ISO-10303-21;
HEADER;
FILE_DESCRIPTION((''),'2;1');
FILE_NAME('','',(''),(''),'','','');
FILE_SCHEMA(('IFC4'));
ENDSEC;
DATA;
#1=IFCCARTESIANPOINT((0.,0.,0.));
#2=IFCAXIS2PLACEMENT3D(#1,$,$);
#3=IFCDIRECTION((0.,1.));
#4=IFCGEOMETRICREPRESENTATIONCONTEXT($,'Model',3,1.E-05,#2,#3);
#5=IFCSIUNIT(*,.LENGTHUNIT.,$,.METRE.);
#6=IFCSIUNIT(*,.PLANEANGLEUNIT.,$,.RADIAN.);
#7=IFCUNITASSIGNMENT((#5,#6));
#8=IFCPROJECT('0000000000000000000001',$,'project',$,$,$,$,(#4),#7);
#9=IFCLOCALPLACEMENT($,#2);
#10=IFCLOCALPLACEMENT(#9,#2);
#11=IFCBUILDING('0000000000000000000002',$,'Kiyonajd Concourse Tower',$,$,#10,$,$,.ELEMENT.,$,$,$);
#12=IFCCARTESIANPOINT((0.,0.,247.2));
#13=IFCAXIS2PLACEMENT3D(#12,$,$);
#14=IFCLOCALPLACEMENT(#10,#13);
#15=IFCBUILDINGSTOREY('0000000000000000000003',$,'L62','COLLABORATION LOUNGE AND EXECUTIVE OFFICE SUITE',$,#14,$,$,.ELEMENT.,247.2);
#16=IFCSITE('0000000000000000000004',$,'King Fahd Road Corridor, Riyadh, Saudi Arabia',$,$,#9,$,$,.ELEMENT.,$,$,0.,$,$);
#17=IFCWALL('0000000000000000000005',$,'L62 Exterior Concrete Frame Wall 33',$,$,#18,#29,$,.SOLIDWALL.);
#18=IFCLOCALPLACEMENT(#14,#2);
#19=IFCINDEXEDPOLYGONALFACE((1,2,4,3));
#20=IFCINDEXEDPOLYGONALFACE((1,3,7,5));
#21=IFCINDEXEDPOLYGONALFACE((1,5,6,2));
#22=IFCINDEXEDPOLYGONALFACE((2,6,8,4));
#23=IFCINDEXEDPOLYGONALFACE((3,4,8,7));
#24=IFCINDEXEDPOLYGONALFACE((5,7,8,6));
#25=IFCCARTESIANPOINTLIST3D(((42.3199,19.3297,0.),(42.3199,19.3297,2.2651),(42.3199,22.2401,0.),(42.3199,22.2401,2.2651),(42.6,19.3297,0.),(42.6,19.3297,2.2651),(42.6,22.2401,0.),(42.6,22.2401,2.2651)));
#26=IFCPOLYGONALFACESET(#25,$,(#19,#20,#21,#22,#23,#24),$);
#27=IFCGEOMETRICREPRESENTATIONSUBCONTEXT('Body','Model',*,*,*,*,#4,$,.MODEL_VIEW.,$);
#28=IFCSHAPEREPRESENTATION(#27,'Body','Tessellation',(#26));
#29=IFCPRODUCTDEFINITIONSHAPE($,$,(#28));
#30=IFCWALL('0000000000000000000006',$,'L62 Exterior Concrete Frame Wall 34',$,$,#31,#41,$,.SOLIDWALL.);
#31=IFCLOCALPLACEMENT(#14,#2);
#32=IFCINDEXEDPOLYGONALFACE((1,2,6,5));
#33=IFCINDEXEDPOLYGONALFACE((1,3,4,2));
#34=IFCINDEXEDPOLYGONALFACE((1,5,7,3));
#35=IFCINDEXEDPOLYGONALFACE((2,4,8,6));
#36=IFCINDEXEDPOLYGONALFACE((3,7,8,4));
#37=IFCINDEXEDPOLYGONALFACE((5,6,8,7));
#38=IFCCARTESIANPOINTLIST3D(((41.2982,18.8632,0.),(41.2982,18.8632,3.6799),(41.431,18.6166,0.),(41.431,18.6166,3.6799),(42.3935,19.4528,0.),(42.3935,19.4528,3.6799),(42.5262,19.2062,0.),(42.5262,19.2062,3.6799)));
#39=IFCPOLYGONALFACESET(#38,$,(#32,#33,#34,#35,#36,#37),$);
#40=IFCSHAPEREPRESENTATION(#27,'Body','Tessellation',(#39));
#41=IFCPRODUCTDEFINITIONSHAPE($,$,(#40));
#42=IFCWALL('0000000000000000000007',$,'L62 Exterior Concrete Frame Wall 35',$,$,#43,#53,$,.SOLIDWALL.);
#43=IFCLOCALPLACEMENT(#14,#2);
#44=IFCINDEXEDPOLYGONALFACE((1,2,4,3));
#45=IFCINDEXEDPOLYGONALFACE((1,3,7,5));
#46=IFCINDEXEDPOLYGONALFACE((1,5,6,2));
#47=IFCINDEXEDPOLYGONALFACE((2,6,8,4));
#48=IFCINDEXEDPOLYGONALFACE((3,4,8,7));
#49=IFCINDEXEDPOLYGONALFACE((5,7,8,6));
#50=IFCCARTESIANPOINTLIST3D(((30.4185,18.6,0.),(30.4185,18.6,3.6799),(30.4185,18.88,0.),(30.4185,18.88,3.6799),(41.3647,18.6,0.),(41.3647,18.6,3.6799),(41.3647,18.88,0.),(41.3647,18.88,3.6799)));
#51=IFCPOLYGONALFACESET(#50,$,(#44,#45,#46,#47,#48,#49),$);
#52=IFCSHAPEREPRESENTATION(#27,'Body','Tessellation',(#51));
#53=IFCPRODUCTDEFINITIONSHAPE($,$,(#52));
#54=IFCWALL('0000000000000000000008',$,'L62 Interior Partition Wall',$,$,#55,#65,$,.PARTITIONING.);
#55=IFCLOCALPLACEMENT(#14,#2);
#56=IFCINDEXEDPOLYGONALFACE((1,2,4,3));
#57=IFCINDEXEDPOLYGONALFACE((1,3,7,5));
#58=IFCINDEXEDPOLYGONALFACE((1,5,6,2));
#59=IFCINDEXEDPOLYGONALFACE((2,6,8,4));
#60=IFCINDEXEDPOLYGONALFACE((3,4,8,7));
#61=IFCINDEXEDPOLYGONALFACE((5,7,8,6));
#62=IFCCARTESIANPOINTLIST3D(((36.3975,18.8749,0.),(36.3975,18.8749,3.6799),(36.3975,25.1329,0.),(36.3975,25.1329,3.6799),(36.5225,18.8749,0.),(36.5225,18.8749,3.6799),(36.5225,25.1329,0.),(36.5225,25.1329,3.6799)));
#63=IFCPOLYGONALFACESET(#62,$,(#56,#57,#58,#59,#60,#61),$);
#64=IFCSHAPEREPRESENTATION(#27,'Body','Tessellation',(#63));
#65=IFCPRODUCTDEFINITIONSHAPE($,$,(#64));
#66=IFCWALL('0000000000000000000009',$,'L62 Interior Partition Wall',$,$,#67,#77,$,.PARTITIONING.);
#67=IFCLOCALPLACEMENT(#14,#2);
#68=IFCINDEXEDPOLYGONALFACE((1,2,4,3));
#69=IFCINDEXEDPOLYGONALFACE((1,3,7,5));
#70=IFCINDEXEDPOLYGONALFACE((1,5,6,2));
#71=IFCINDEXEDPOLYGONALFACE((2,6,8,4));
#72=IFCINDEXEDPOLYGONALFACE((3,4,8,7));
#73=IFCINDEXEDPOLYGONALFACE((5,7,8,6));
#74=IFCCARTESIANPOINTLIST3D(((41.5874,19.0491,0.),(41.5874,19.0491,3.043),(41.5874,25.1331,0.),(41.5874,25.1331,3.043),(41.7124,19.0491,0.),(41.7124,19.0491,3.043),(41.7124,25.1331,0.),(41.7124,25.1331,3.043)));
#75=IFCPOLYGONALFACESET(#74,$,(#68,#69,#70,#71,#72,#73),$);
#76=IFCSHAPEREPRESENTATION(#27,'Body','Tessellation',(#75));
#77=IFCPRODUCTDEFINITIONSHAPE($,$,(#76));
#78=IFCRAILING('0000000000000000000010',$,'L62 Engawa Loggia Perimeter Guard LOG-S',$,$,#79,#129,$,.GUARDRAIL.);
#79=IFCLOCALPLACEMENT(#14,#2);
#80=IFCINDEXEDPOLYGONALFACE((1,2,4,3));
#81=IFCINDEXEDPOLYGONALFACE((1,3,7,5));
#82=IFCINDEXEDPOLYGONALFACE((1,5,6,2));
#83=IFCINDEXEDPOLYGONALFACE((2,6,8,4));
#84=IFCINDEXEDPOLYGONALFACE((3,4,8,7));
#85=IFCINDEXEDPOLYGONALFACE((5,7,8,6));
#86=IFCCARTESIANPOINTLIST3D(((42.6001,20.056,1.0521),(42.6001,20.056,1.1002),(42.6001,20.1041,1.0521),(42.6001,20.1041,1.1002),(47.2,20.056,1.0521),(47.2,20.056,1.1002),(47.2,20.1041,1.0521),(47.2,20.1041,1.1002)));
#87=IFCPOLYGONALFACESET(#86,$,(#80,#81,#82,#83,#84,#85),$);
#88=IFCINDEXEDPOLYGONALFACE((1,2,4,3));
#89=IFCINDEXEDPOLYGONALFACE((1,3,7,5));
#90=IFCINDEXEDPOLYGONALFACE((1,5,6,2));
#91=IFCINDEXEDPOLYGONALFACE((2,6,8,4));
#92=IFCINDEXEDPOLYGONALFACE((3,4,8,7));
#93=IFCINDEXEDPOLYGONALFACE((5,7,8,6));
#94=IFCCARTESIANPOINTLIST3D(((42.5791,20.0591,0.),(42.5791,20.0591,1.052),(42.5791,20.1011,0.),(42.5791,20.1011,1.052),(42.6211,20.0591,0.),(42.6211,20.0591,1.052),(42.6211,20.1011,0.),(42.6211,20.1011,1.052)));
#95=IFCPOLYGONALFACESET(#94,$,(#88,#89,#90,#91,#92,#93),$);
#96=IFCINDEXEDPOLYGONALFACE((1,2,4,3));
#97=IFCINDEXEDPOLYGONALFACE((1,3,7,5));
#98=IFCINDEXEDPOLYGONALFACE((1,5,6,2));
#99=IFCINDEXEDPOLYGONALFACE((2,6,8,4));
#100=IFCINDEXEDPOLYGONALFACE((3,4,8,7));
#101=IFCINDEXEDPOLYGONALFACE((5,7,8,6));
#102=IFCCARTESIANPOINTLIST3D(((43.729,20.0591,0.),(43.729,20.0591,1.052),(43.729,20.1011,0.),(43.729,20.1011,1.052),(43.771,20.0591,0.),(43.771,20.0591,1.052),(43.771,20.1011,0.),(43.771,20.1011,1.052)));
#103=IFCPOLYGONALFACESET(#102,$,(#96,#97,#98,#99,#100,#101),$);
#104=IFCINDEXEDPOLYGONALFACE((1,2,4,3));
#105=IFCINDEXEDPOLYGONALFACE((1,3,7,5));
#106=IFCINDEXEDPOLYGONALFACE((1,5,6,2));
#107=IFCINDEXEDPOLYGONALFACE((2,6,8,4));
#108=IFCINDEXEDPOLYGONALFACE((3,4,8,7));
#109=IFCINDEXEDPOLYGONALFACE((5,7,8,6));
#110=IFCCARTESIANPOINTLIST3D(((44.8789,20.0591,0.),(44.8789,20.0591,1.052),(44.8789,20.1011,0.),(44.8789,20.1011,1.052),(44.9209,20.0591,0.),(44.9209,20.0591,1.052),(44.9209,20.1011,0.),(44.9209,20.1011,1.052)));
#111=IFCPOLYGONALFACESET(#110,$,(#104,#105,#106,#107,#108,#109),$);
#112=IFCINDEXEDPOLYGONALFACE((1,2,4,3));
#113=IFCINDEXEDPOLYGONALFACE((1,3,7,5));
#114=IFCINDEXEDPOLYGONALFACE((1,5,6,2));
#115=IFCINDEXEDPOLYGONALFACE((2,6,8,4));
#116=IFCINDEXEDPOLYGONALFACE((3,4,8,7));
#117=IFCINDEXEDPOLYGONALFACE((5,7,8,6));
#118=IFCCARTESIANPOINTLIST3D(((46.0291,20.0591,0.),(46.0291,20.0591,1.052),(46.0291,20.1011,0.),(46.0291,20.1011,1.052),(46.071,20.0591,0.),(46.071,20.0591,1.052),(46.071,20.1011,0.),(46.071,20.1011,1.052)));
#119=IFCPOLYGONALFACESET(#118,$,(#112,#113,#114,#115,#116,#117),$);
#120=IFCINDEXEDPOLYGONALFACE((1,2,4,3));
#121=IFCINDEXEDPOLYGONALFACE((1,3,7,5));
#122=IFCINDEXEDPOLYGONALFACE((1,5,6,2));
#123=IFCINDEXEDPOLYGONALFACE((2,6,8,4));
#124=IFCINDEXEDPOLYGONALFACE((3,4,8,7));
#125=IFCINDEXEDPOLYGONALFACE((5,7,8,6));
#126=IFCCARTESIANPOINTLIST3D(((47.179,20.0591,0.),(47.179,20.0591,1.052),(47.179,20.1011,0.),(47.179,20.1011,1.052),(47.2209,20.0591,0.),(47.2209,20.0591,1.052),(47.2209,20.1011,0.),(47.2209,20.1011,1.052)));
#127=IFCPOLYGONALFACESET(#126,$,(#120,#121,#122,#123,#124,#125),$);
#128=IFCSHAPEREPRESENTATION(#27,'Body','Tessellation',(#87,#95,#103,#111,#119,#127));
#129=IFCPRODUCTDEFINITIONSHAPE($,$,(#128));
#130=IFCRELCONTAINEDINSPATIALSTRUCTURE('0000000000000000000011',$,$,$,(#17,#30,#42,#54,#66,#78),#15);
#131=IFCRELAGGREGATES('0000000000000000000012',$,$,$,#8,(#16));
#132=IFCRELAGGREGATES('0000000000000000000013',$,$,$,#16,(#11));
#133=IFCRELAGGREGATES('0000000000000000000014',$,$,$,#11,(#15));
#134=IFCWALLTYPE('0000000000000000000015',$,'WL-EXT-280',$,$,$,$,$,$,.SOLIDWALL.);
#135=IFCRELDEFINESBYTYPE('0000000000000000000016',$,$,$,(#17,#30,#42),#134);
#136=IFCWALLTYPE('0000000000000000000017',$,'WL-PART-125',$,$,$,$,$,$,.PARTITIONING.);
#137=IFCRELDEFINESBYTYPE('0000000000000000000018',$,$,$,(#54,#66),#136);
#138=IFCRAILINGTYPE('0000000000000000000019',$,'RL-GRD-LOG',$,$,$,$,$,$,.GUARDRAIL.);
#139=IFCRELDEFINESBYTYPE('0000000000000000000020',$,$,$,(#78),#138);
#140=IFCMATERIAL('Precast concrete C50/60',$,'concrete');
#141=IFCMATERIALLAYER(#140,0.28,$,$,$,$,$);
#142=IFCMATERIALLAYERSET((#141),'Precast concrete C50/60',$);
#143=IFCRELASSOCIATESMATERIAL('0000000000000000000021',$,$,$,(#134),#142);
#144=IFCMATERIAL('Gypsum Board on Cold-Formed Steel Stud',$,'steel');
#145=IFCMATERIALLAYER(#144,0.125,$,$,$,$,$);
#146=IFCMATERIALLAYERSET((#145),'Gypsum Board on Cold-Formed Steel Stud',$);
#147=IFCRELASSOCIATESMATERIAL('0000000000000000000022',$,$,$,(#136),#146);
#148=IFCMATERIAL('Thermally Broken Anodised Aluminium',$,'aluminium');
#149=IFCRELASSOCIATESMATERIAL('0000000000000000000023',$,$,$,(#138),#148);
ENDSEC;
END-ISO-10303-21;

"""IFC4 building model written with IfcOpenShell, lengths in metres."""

from ifc_helpers import new_model, si_unit, direction, frame, frame_2d, origin, origin_2d, place, context, subcontext, project, spatial, rectangle, extrude, material, layer, layer_set, type_object, element, save


model = new_model("IFC4")

# Units and contexts
model_context = context("Model", 3, precision=1e-05, world=origin(), true_north=direction((0.0, 1.0)))
body_context = subcontext(model_context, "Body", "Model", "MODEL_VIEW")
ifc_project = project(units=[si_unit("LENGTHUNIT", "METRE"), si_unit("PLANEANGLEUNIT", "RADIAN")], contexts=[model_context])

# Site, building, storey
site_placement = place(None, origin())
site = spatial("IfcSite", under=ifc_project, at=site_placement, Name="King Fahd Road Corridor, Riyadh, Saudi Arabia", CompositionType="ELEMENT", RefElevation=0.0)
building_placement = place(site_placement, origin())
building = spatial("IfcBuilding", under=site, at=building_placement, Name="Kiyonajd Concourse Tower", CompositionType="ELEMENT")
storey_placement = place(building_placement, frame((0.0, 0.0, 247.2)))
storey = spatial("IfcBuildingStorey", under=building, at=storey_placement, Name="L62", Description="COLLABORATION LOUNGE AND EXECUTIVE OFFICE SUITE", CompositionType="ELEMENT", Elevation=247.2)

# Shared definitions
ifc_material_1 = material(Name="Thermally Broken Anodised Aluminium", Category="aluminium")

# Walls
ifc_material_2 = material(Name="Precast concrete C50/60", Category="concrete")
ifc_layer_1 = layer(ifc_material_2, 0.28)
ifc_layer_set_1 = layer_set([ifc_layer_1], Name="Precast concrete C50/60")
wall_type_1 = type_object("IfcWallType", Name="WL-EXT-280", PredefinedType="SOLIDWALL", material=ifc_layer_set_1)
wall_1_placement = place(storey_placement, frame((42.46, 22.24, 0.0), z_axis=(0.0, 0.0, 1.0), x_axis=(0.0, -1.0, 0.0)))
element("IfcWall", 1, at=wall_1_placement, inside=storey, type_object=wall_type_1, Name="L62 Exterior Concrete Frame Wall 33", PredefinedType="SOLIDWALL", context=body_context, shape_type="SweptSolid", body=[
    extrude(rectangle(XDim=2.9104, YDim=0.28, at=frame_2d((1.4551, 0.0))), origin(), (0.0, 0.0, 1.0), 2.2651),
])
wall_2_placement = place(storey_placement, frame((42.46, 19.3296, 0.0), z_axis=(0.0, 0.0, 1.0), x_axis=(-0.880515, -0.474018, 0.0)))
element("IfcWall", 2, at=wall_2_placement, inside=storey, type_object=wall_type_1, Name="L62 Exterior Concrete Frame Wall 34", PredefinedType="SOLIDWALL", context=body_context, shape_type="SweptSolid", body=[
    extrude(rectangle(XDim=1.2439, YDim=0.28, at=frame_2d((0.6221, 0.0))), origin(), (0.0, 0.0, 1.0), 3.6799),
])
wall_3_placement = place(storey_placement, frame((41.3647, 18.74, 0.0), z_axis=(0.0, 0.0, 1.0), x_axis=(-1.0, 0.0, 0.0)))
element("IfcWall", 3, at=wall_3_placement, inside=storey, type_object=wall_type_1, Name="L62 Exterior Concrete Frame Wall 35", PredefinedType="SOLIDWALL", context=body_context, shape_type="SweptSolid", body=[
    extrude(rectangle(XDim=10.9463, YDim=0.28, at=frame_2d((5.4731, 0.0))), origin(), (0.0, 0.0, 1.0), 3.6799),
])
ifc_material_3 = material(Name="Gypsum Board on Cold-Formed Steel Stud", Category="steel")
ifc_layer_2 = layer(ifc_material_3, 0.125)
ifc_layer_set_2 = layer_set([ifc_layer_2], Name="Gypsum Board on Cold-Formed Steel Stud")
wall_type_2 = type_object("IfcWallType", Name="WL-PART-125", PredefinedType="PARTITIONING", material=ifc_layer_set_2)
wall_4_placement = place(storey_placement, frame((36.46, 18.875, 0.0), z_axis=(0.0, 0.0, 1.0), x_axis=(0.0, 1.0, 0.0)))
element("IfcWall", 4, at=wall_4_placement, inside=storey, type_object=wall_type_2, Name="L62 Interior Partition Wall", PredefinedType="PARTITIONING", context=body_context, shape_type="SweptSolid", body=[
    extrude(rectangle(XDim=6.2581, YDim=0.125, at=frame_2d((3.1289, 0.0))), origin(), (0.0, 0.0, 1.0), 3.6799),
])
wall_5_placement = place(storey_placement, frame((41.6499, 19.0491, 0.0), z_axis=(0.0, 0.0, 1.0), x_axis=(0.0, 1.0, 0.0)))
element("IfcWall", 5, at=wall_5_placement, inside=storey, type_object=wall_type_2, Name="L62 Interior Partition Wall", PredefinedType="PARTITIONING", context=body_context, shape_type="SweptSolid", body=[
    extrude(rectangle(XDim=6.084, YDim=0.125, at=frame_2d((3.042, 0.0))), origin(), (0.0, 0.0, 1.0), 3.043),
])

# Railing
railing_type = type_object("IfcRailingType", Name="RL-GRD-LOG", PredefinedType="GUARDRAIL", material=ifc_material_1)
railing_placement = place(storey_placement, frame((42.6001, 20.0801, 0.0)))
element("IfcRailing", 6, at=railing_placement, inside=storey, type_object=railing_type, Name="L62 Engawa Loggia Perimeter Guard LOG-S", PredefinedType="GUARDRAIL", context=body_context, shape_type="SweptSolid", body=[
    extrude(rectangle(XDim=0.0481, YDim=0.0481, at=origin_2d()), frame((0.0, 0.0, 1.0762), z_axis=(1.0, 0.0, 0.0), x_axis=(0.0, 1.0, 0.0)), (0.0, 0.0, 1.0), 4.5999),
    extrude(rectangle(XDim=0.042, YDim=0.042, at=origin_2d()), origin(), (0.0, 0.0, 1.0), 1.052),
    extrude(rectangle(XDim=0.042, YDim=0.042, at=origin_2d()), frame((1.1499, 0.0, 0.0)), (0.0, 0.0, 1.0), 1.052),
    extrude(rectangle(XDim=0.042, YDim=0.042, at=origin_2d()), frame((2.2998, 0.0, 0.0)), (0.0, 0.0, 1.0), 1.052),
    extrude(rectangle(XDim=0.042, YDim=0.042, at=origin_2d()), frame((3.45, 0.0, 0.0)), (0.0, 0.0, 1.0), 1.052),
    extrude(rectangle(XDim=0.042, YDim=0.042, at=origin_2d()), frame((4.5999, 0.0, 0.0)), (0.0, 0.0, 1.0), 1.052),
])

save(model, "model.ifc")
